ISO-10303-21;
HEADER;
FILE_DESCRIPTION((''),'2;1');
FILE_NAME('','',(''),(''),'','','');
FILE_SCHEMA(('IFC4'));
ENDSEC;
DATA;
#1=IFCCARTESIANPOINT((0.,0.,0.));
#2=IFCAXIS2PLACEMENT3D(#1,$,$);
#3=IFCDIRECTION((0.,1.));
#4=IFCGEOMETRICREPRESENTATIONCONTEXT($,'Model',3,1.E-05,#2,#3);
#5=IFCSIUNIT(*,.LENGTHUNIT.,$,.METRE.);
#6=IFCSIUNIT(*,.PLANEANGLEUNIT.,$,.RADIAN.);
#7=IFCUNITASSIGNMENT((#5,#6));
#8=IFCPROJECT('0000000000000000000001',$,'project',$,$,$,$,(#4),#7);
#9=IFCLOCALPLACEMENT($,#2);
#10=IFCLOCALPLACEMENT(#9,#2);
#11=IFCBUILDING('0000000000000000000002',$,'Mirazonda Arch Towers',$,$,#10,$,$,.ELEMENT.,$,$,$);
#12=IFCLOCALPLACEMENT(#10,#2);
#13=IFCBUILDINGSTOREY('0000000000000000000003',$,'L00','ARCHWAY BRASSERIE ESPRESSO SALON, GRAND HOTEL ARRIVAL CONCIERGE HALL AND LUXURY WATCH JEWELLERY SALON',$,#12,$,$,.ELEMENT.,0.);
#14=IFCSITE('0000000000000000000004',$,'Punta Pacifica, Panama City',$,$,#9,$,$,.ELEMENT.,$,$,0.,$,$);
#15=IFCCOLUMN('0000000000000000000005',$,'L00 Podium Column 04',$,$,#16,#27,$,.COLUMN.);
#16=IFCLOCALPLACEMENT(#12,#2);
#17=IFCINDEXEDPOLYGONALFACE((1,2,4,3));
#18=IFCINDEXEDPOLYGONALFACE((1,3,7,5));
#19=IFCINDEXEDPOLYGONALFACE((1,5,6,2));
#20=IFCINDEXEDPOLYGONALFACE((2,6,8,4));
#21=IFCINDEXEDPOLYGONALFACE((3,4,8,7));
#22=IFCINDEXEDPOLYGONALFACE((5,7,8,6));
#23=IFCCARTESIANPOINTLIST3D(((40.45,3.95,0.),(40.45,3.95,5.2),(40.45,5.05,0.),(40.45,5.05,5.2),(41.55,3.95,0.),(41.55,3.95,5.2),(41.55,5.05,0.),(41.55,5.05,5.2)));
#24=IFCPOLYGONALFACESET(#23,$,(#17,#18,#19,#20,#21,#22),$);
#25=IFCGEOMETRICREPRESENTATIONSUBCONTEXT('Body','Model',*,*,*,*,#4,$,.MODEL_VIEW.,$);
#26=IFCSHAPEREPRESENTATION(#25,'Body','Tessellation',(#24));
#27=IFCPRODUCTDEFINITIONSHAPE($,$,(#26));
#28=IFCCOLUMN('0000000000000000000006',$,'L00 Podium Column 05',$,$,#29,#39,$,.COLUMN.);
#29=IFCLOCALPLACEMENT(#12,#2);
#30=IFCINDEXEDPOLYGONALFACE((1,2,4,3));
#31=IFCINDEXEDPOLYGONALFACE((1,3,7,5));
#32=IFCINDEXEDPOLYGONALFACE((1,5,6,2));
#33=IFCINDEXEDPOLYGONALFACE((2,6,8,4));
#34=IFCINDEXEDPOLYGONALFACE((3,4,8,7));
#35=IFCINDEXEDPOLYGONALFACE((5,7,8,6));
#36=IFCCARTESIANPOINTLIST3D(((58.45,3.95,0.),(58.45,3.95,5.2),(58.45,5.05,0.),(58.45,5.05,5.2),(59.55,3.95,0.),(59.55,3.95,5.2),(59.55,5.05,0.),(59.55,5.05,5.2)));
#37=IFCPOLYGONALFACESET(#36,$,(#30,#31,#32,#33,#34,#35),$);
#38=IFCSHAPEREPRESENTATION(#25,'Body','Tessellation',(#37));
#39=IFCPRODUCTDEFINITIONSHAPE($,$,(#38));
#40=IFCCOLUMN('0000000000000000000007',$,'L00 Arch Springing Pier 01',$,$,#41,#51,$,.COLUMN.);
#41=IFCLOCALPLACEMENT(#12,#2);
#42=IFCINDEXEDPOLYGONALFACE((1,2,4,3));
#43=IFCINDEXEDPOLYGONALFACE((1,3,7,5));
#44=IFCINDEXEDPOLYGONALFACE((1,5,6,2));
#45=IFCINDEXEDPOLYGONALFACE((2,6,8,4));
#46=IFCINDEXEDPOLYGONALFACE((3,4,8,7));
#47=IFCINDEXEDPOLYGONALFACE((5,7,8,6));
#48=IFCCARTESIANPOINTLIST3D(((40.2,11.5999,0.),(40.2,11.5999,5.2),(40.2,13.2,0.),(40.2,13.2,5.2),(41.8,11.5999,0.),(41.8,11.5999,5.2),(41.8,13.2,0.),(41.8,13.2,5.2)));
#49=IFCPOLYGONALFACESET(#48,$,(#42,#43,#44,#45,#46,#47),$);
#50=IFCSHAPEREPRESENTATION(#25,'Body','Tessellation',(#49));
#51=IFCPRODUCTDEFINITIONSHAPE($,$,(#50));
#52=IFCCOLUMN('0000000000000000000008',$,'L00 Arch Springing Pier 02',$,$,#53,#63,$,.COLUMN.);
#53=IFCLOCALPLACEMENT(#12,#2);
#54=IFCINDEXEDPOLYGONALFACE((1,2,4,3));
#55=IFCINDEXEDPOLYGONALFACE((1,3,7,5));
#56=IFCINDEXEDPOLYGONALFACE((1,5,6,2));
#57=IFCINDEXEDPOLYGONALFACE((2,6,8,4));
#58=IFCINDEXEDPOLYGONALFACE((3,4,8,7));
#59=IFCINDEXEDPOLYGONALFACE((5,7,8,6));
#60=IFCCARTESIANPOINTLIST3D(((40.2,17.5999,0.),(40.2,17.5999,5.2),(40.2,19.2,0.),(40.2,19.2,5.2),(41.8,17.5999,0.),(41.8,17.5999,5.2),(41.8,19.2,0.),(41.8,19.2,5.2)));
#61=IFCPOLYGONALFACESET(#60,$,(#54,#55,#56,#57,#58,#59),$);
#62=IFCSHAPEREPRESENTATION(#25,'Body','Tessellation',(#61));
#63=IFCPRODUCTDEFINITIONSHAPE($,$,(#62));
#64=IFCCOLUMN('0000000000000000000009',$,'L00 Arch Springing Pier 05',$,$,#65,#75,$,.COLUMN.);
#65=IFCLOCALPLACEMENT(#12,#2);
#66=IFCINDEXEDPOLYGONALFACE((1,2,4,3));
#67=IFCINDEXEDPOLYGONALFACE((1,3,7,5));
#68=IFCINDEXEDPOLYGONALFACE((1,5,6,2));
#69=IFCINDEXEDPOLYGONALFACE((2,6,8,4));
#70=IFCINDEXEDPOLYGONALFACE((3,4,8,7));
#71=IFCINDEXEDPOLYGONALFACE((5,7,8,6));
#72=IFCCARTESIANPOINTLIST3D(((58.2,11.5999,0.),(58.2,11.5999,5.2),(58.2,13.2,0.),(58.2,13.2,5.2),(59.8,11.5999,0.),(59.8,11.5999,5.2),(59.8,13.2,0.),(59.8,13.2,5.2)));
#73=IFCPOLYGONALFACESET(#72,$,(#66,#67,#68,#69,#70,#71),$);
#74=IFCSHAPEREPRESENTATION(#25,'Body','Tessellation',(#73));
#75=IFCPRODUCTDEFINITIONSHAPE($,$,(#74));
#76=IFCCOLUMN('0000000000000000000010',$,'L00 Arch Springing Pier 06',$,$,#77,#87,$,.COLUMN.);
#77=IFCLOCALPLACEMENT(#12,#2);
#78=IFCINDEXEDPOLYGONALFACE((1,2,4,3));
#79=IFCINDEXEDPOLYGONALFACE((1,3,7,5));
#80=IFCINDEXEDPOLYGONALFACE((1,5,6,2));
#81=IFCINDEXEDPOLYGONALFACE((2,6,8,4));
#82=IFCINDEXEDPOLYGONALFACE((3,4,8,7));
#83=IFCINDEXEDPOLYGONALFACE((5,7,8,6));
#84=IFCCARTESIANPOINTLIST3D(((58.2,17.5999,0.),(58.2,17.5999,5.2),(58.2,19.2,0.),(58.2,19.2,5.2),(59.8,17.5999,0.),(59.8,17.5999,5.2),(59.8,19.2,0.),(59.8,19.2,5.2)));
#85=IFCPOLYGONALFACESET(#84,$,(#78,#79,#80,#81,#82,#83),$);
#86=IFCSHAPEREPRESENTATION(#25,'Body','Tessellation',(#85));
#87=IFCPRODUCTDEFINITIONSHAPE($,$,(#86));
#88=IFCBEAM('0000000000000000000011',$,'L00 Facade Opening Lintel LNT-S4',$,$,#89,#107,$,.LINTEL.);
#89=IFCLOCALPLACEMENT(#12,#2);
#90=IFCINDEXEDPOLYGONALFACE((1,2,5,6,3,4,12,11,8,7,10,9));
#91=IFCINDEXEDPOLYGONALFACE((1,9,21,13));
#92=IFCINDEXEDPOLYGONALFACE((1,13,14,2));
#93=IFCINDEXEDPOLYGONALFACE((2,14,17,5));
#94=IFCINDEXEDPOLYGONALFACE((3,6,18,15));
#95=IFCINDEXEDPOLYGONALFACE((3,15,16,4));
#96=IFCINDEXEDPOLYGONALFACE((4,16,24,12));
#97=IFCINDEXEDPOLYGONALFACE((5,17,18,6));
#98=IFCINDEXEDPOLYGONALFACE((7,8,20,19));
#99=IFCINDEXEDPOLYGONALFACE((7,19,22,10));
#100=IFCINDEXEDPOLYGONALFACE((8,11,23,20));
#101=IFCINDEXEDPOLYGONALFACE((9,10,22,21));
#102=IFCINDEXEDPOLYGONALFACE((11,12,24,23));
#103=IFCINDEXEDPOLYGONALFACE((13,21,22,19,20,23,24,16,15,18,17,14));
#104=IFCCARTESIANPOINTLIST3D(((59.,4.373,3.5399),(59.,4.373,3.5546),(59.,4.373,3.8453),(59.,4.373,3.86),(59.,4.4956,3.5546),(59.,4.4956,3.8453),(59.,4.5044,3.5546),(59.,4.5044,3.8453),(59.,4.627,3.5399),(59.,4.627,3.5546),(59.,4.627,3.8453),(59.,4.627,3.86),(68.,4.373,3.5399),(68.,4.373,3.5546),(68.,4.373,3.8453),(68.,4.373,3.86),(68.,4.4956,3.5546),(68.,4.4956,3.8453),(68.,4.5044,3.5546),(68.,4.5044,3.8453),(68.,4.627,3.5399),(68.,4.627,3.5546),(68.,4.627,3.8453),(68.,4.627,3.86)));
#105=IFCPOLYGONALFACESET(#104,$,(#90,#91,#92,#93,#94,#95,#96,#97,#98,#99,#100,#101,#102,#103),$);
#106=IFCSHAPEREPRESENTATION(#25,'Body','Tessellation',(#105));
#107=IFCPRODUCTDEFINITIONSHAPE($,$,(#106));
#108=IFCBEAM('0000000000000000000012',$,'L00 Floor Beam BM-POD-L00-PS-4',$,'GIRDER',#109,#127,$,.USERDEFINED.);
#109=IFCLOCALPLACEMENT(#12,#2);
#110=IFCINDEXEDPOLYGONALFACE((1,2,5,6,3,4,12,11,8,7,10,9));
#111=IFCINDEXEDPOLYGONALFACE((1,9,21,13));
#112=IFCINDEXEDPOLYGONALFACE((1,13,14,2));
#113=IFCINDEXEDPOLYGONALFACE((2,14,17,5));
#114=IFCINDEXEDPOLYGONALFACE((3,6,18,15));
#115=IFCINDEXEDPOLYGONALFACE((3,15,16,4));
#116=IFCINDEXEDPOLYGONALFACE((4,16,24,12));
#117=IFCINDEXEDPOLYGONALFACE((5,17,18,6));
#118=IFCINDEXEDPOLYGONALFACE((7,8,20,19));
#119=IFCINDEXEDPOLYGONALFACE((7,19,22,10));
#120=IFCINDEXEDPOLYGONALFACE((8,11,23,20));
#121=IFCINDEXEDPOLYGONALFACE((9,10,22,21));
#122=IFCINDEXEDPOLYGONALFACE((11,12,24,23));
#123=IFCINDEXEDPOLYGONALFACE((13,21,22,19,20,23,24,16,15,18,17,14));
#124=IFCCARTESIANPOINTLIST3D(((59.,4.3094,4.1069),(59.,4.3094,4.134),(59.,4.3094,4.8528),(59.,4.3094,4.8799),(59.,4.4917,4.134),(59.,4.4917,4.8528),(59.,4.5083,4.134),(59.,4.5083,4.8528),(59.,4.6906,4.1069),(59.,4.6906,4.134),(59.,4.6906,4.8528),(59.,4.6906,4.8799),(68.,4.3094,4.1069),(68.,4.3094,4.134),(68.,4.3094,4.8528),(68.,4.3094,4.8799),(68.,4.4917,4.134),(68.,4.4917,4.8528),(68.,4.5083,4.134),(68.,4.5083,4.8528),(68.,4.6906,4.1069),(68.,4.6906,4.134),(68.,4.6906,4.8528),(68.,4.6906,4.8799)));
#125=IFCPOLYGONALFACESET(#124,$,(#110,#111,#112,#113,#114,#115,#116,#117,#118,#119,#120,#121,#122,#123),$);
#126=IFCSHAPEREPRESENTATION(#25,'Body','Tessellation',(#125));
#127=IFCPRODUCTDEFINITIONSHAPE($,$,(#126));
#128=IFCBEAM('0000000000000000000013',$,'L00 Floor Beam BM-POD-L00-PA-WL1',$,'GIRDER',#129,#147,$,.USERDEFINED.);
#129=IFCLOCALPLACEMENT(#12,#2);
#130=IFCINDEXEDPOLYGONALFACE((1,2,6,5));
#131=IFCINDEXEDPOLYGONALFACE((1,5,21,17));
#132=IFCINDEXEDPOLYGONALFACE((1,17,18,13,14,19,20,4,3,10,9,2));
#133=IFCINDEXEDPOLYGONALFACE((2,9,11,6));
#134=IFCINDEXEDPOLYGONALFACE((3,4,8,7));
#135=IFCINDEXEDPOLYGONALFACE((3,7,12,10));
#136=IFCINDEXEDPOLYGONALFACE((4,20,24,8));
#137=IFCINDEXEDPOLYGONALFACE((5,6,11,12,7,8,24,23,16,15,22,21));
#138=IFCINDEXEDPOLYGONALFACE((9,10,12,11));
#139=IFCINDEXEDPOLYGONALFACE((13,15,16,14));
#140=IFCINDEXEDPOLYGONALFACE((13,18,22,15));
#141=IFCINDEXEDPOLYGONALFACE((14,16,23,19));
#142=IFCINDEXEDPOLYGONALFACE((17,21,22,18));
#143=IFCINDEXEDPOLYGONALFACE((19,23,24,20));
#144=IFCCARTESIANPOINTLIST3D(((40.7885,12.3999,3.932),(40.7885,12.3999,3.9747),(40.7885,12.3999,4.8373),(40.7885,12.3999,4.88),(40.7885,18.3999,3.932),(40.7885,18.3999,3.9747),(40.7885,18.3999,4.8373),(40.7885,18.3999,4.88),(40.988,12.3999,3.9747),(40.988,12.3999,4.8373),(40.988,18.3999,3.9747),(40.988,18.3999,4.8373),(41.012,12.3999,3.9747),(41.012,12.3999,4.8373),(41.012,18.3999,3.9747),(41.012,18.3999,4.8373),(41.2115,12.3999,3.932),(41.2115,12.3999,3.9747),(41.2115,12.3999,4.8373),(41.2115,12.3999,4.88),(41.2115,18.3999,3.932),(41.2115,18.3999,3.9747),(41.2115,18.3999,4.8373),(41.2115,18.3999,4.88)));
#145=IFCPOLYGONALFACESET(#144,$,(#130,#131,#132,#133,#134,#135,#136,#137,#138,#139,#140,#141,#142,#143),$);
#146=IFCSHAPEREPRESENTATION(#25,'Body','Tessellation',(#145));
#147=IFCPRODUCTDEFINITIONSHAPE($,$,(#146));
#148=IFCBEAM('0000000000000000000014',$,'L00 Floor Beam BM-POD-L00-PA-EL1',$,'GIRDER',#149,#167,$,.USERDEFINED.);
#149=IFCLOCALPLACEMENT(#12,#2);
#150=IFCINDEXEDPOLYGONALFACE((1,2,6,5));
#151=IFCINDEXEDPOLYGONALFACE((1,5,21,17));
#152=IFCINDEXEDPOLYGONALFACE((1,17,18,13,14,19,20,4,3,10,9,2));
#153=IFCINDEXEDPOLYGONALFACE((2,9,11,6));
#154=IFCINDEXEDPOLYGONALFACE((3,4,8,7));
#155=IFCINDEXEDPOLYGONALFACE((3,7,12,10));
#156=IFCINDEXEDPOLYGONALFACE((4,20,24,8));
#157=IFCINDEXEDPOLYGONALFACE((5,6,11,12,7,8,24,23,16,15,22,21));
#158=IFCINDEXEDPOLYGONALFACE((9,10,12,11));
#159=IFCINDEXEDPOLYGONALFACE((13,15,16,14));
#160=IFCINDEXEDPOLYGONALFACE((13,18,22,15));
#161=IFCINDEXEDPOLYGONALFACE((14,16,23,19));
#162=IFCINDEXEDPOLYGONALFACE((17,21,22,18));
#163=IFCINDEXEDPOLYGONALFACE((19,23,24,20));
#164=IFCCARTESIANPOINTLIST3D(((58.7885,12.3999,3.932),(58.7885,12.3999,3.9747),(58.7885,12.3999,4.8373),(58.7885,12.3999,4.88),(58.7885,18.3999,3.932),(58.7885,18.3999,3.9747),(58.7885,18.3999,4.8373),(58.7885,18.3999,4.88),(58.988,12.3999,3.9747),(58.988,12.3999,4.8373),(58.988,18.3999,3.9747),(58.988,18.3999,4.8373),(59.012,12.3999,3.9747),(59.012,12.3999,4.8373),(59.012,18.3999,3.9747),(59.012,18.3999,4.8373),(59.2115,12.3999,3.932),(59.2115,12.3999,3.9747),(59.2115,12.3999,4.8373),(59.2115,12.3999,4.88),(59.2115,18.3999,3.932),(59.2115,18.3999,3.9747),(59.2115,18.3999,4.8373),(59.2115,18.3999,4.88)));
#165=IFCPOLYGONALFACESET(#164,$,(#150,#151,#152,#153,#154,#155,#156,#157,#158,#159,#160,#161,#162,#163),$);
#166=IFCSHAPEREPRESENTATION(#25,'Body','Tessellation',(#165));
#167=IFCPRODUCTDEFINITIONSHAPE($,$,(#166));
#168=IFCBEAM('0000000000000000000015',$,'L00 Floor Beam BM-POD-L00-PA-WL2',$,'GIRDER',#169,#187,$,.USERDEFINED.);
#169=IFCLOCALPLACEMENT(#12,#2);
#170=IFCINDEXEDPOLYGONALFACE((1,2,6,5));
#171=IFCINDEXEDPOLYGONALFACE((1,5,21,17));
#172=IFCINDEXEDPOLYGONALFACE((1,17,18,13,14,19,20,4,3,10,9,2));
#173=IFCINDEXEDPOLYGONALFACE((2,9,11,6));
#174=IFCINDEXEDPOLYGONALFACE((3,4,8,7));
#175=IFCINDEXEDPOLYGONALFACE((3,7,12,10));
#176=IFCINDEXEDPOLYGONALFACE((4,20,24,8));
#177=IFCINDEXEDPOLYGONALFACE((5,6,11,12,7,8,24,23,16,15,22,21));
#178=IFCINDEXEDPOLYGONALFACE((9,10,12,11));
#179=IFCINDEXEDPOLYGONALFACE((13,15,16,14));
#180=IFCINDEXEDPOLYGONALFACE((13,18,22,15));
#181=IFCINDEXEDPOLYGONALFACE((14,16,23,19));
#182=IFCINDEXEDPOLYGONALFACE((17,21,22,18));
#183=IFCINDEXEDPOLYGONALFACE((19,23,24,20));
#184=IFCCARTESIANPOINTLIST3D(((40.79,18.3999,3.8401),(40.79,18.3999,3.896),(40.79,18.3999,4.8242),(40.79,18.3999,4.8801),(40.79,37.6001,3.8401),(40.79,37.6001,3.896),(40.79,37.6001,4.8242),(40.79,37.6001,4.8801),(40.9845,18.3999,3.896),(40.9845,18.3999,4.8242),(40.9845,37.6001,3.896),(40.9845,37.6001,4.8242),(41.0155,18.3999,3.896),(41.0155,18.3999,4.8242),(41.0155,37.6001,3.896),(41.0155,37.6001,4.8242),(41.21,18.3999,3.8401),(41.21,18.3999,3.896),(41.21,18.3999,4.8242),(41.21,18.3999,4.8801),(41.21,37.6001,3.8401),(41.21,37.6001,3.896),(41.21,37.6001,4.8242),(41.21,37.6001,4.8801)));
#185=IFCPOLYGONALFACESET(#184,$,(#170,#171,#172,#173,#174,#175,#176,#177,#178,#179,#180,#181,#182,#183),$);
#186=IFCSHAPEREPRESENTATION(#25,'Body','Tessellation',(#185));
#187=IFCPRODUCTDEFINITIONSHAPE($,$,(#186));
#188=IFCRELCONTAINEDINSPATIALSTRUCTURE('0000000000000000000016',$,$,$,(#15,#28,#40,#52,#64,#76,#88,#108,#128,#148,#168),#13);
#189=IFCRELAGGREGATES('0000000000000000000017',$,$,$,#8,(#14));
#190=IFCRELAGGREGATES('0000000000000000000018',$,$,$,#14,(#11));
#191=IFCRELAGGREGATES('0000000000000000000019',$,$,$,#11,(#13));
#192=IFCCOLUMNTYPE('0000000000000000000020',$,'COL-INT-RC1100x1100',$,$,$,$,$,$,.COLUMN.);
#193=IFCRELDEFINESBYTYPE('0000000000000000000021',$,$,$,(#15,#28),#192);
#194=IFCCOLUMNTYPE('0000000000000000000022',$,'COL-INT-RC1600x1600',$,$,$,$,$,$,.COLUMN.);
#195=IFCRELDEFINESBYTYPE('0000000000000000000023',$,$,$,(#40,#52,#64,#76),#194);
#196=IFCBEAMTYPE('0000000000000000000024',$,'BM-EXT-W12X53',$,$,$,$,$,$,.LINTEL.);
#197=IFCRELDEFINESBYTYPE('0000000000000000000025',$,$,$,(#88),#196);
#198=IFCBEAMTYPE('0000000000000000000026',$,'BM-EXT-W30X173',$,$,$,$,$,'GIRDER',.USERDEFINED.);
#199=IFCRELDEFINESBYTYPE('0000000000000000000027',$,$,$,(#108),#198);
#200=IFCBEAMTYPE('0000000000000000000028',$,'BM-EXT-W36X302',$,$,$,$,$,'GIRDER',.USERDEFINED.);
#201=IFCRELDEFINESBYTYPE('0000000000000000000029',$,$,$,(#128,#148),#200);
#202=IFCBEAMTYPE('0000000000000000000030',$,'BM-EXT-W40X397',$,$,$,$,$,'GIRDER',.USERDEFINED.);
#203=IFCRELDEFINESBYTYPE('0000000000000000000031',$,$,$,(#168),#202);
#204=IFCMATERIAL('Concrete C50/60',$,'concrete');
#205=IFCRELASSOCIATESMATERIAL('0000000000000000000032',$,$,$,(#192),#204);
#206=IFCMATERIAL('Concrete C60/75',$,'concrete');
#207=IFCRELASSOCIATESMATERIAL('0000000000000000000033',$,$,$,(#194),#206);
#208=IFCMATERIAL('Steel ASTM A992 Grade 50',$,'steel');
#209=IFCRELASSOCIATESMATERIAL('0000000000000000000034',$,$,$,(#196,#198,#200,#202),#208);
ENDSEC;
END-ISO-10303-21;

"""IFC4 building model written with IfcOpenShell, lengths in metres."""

from ifc_helpers import new_model, si_unit, direction, frame, origin, origin_2d, place, context, subcontext, project, spatial, rectangle, i_section, extrude, material, material_profile, profile_set, type_object, element, save


model = new_model("IFC4")

# Units and contexts
model_context = context("Model", 3, precision=1e-05, world=origin(), true_north=direction((0.0, 1.0)))
body_context = subcontext(model_context, "Body", "Model", "MODEL_VIEW")
ifc_project = project(units=[si_unit("LENGTHUNIT", "METRE"), si_unit("PLANEANGLEUNIT", "RADIAN")], contexts=[model_context])

# Site, building, storey
site_placement = place(None, origin())
site = spatial("IfcSite", under=ifc_project, at=site_placement, Name="Punta Pacifica, Panama City", CompositionType="ELEMENT", RefElevation=0.0)
building_placement = place(site_placement, origin())
building = spatial("IfcBuilding", under=site, at=building_placement, Name="Mirazonda Arch Towers", CompositionType="ELEMENT")
storey_placement = place(building_placement, origin())
storey = spatial("IfcBuildingStorey", under=building, at=storey_placement, Name="L00", Description="ARCHWAY BRASSERIE ESPRESSO SALON, GRAND HOTEL ARRIVAL CONCIERGE HALL AND LUXURY WATCH JEWELLERY SALON", CompositionType="ELEMENT", Elevation=0.0)

# Columns
ifc_material_1 = material(Name="Concrete C50/60", Category="concrete")
ifc_material_profile_1 = material_profile(ifc_material_1, rectangle(XDim=1.1001, YDim=1.1001, at=origin_2d()), Name="RC1100x1100")
ifc_profile_set_1 = profile_set([ifc_material_profile_1], Name="Concrete C50/60")
column_type_1 = type_object("IfcColumnType", Name="COL-INT-RC1100x1100", PredefinedType="COLUMN", material=ifc_profile_set_1)
for number, where, z_axis, x_axis, name in (
    (1, (41.0, 4.5, 0.0), (0.0, 0.0, 1.0), (1.0, 0.0, 0.0), "L00 Podium Column 04"),
    (2, (59.0, 4.5, 0.0), (0.0, 0.0, 1.0), (1.0, 0.0, 0.0), "L00 Podium Column 05"),
):
    element("IfcColumn", number, at=place(storey_placement, frame(where, z_axis=z_axis, x_axis=x_axis)), inside=storey, type_object=column_type_1, Name=name, PredefinedType="COLUMN", context=body_context, shape_type="SweptSolid", body=[
        extrude(rectangle(XDim=1.1001, YDim=1.1001, at=origin_2d()), origin(), (0.0, 0.0, 1.0), 5.2),
    ])
ifc_material_2 = material(Name="Concrete C60/75", Category="concrete")
ifc_material_profile_2 = material_profile(ifc_material_2, rectangle(XDim=1.6001, YDim=1.6001, at=origin_2d()), Name="RC1600x1600")
ifc_profile_set_2 = profile_set([ifc_material_profile_2], Name="Concrete C60/75")
column_type_2 = type_object("IfcColumnType", Name="COL-INT-RC1600x1600", PredefinedType="COLUMN", material=ifc_profile_set_2)
for number, where, z_axis, x_axis, name in (
    (3, (41.0, 12.3999, 0.0), (0.0, 0.0, 1.0), (1.0, 0.0, 0.0), "L00 Arch Springing Pier 01"),
    (4, (41.0, 18.3999, 0.0), (0.0, 0.0, 1.0), (1.0, 0.0, 0.0), "L00 Arch Springing Pier 02"),
    (5, (59.0, 12.3999, 0.0), (0.0, 0.0, 1.0), (1.0, 0.0, 0.0), "L00 Arch Springing Pier 05"),
    (6, (59.0, 18.3999, 0.0), (0.0, 0.0, 1.0), (1.0, 0.0, 0.0), "L00 Arch Springing Pier 06"),
):
    element("IfcColumn", number, at=place(storey_placement, frame(where, z_axis=z_axis, x_axis=x_axis)), inside=storey, type_object=column_type_2, Name=name, PredefinedType="COLUMN", context=body_context, shape_type="SweptSolid", body=[
        extrude(rectangle(XDim=1.6001, YDim=1.6001, at=origin_2d()), origin(), (0.0, 0.0, 1.0), 5.2),
    ])

# Beams
ifc_material_3 = material(Name="Steel ASTM A992 Grade 50", Category="steel")
ifc_material_profile_3 = material_profile(ifc_material_3, i_section(OverallWidth=0.2539, OverallDepth=0.3201, WebThickness=0.0088, FlangeThickness=0.0146, at=origin_2d()), Name="W12X53")
ifc_profile_set_3 = profile_set([ifc_material_profile_3], Name="Steel ASTM A992 Grade 50")
beam_type_1 = type_object("IfcBeamType", Name="BM-EXT-W12X53", PredefinedType="LINTEL", material=ifc_profile_set_3)
beam_1_placement = place(storey_placement, frame((59.0, 4.5, 3.7), z_axis=(1.0, 0.0, 0.0), x_axis=(0.0, 1.0, 0.0)))
element("IfcBeam", 7, at=beam_1_placement, inside=storey, type_object=beam_type_1, Name="L00 Facade Opening Lintel LNT-S4", PredefinedType="LINTEL", context=body_context, shape_type="SweptSolid", body=[
    extrude(i_section(OverallWidth=0.2539, OverallDepth=0.3201, WebThickness=0.0088, FlangeThickness=0.0146, at=origin_2d()), origin(), (0.0, 0.0, 1.0), 9.0),
])
ifc_material_profile_4 = material_profile(ifc_material_3, i_section(OverallWidth=0.3811, OverallDepth=0.7729, WebThickness=0.0166, FlangeThickness=0.0271, at=origin_2d()), Name="W30X173")
ifc_profile_set_4 = profile_set([ifc_material_profile_4], Name="Steel ASTM A992 Grade 50")
beam_type_2 = type_object("IfcBeamType", Name="BM-EXT-W30X173", ElementType="GIRDER", PredefinedType="USERDEFINED", material=ifc_profile_set_4)
beam_2_placement = place(storey_placement, frame((59.0, 4.5, 4.4934), z_axis=(1.0, 0.0, 0.0), x_axis=(0.0, 1.0, 0.0)))
element("IfcBeam", 8, at=beam_2_placement, inside=storey, type_object=beam_type_2, Name="L00 Floor Beam BM-POD-L00-PS-4", ObjectType="GIRDER", PredefinedType="USERDEFINED", context=body_context, shape_type="SweptSolid", body=[
    extrude(i_section(OverallWidth=0.3811, OverallDepth=0.7729, WebThickness=0.0166, FlangeThickness=0.0271, at=origin_2d()), origin(), (0.0, 0.0, 1.0), 9.0),
])
ifc_material_profile_5 = material_profile(ifc_material_3, i_section(OverallWidth=0.4231, OverallDepth=0.948, WebThickness=0.0239, FlangeThickness=0.0427, at=origin_2d()), Name="W36X302")
ifc_profile_set_5 = profile_set([ifc_material_profile_5], Name="Steel ASTM A992 Grade 50")
beam_type_3 = type_object("IfcBeamType", Name="BM-EXT-W36X302", ElementType="GIRDER", PredefinedType="USERDEFINED", material=ifc_profile_set_5)
for number, where, z_axis, x_axis, name in (
    (9, (41.0, 12.3999, 4.406), (0.0, 1.0, 0.0), (-1.0, 0.0, 0.0), "L00 Floor Beam BM-POD-L00-PA-WL1"),
    (10, (59.0, 12.3999, 4.406), (0.0, 1.0, 0.0), (-1.0, 0.0, 0.0), "L00 Floor Beam BM-POD-L00-PA-EL1"),
):
    element("IfcBeam", number, at=place(storey_placement, frame(where, z_axis=z_axis, x_axis=x_axis)), inside=storey, type_object=beam_type_3, Name=name, ObjectType="GIRDER", PredefinedType="USERDEFINED", context=body_context, shape_type="SweptSolid", body=[
        extrude(i_section(OverallWidth=0.4231, OverallDepth=0.948, WebThickness=0.0239, FlangeThickness=0.0427, at=origin_2d()), origin(), (0.0, 0.0, 1.0), 6.0),
    ])
ifc_material_profile_6 = material_profile(ifc_material_3, i_section(OverallWidth=0.4199, OverallDepth=1.04, WebThickness=0.031, FlangeThickness=0.0559, at=origin_2d()), Name="W40X397")
ifc_profile_set_6 = profile_set([ifc_material_profile_6], Name="Steel ASTM A992 Grade 50")
beam_type_4 = type_object("IfcBeamType", Name="BM-EXT-W40X397", ElementType="GIRDER", PredefinedType="USERDEFINED", material=ifc_profile_set_6)
for number, where, z_axis, x_axis, name in (
    (11, (41.0, 18.3999, 4.3601), (0.0, 1.0, 0.0), (-1.0, 0.0, 0.0), "L00 Floor Beam BM-POD-L00-PA-WL2"),
):
    element("IfcBeam", number, at=place(storey_placement, frame(where, z_axis=z_axis, x_axis=x_axis)), inside=storey, type_object=beam_type_4, Name=name, ObjectType="GIRDER", PredefinedType="USERDEFINED", context=body_context, shape_type="SweptSolid", body=[
        extrude(i_section(OverallWidth=0.4199, OverallDepth=1.04, WebThickness=0.031, FlangeThickness=0.0559, at=origin_2d()), origin(), (0.0, 0.0, 1.0), 19.2002),
    ])

save(model, "model.ifc")
